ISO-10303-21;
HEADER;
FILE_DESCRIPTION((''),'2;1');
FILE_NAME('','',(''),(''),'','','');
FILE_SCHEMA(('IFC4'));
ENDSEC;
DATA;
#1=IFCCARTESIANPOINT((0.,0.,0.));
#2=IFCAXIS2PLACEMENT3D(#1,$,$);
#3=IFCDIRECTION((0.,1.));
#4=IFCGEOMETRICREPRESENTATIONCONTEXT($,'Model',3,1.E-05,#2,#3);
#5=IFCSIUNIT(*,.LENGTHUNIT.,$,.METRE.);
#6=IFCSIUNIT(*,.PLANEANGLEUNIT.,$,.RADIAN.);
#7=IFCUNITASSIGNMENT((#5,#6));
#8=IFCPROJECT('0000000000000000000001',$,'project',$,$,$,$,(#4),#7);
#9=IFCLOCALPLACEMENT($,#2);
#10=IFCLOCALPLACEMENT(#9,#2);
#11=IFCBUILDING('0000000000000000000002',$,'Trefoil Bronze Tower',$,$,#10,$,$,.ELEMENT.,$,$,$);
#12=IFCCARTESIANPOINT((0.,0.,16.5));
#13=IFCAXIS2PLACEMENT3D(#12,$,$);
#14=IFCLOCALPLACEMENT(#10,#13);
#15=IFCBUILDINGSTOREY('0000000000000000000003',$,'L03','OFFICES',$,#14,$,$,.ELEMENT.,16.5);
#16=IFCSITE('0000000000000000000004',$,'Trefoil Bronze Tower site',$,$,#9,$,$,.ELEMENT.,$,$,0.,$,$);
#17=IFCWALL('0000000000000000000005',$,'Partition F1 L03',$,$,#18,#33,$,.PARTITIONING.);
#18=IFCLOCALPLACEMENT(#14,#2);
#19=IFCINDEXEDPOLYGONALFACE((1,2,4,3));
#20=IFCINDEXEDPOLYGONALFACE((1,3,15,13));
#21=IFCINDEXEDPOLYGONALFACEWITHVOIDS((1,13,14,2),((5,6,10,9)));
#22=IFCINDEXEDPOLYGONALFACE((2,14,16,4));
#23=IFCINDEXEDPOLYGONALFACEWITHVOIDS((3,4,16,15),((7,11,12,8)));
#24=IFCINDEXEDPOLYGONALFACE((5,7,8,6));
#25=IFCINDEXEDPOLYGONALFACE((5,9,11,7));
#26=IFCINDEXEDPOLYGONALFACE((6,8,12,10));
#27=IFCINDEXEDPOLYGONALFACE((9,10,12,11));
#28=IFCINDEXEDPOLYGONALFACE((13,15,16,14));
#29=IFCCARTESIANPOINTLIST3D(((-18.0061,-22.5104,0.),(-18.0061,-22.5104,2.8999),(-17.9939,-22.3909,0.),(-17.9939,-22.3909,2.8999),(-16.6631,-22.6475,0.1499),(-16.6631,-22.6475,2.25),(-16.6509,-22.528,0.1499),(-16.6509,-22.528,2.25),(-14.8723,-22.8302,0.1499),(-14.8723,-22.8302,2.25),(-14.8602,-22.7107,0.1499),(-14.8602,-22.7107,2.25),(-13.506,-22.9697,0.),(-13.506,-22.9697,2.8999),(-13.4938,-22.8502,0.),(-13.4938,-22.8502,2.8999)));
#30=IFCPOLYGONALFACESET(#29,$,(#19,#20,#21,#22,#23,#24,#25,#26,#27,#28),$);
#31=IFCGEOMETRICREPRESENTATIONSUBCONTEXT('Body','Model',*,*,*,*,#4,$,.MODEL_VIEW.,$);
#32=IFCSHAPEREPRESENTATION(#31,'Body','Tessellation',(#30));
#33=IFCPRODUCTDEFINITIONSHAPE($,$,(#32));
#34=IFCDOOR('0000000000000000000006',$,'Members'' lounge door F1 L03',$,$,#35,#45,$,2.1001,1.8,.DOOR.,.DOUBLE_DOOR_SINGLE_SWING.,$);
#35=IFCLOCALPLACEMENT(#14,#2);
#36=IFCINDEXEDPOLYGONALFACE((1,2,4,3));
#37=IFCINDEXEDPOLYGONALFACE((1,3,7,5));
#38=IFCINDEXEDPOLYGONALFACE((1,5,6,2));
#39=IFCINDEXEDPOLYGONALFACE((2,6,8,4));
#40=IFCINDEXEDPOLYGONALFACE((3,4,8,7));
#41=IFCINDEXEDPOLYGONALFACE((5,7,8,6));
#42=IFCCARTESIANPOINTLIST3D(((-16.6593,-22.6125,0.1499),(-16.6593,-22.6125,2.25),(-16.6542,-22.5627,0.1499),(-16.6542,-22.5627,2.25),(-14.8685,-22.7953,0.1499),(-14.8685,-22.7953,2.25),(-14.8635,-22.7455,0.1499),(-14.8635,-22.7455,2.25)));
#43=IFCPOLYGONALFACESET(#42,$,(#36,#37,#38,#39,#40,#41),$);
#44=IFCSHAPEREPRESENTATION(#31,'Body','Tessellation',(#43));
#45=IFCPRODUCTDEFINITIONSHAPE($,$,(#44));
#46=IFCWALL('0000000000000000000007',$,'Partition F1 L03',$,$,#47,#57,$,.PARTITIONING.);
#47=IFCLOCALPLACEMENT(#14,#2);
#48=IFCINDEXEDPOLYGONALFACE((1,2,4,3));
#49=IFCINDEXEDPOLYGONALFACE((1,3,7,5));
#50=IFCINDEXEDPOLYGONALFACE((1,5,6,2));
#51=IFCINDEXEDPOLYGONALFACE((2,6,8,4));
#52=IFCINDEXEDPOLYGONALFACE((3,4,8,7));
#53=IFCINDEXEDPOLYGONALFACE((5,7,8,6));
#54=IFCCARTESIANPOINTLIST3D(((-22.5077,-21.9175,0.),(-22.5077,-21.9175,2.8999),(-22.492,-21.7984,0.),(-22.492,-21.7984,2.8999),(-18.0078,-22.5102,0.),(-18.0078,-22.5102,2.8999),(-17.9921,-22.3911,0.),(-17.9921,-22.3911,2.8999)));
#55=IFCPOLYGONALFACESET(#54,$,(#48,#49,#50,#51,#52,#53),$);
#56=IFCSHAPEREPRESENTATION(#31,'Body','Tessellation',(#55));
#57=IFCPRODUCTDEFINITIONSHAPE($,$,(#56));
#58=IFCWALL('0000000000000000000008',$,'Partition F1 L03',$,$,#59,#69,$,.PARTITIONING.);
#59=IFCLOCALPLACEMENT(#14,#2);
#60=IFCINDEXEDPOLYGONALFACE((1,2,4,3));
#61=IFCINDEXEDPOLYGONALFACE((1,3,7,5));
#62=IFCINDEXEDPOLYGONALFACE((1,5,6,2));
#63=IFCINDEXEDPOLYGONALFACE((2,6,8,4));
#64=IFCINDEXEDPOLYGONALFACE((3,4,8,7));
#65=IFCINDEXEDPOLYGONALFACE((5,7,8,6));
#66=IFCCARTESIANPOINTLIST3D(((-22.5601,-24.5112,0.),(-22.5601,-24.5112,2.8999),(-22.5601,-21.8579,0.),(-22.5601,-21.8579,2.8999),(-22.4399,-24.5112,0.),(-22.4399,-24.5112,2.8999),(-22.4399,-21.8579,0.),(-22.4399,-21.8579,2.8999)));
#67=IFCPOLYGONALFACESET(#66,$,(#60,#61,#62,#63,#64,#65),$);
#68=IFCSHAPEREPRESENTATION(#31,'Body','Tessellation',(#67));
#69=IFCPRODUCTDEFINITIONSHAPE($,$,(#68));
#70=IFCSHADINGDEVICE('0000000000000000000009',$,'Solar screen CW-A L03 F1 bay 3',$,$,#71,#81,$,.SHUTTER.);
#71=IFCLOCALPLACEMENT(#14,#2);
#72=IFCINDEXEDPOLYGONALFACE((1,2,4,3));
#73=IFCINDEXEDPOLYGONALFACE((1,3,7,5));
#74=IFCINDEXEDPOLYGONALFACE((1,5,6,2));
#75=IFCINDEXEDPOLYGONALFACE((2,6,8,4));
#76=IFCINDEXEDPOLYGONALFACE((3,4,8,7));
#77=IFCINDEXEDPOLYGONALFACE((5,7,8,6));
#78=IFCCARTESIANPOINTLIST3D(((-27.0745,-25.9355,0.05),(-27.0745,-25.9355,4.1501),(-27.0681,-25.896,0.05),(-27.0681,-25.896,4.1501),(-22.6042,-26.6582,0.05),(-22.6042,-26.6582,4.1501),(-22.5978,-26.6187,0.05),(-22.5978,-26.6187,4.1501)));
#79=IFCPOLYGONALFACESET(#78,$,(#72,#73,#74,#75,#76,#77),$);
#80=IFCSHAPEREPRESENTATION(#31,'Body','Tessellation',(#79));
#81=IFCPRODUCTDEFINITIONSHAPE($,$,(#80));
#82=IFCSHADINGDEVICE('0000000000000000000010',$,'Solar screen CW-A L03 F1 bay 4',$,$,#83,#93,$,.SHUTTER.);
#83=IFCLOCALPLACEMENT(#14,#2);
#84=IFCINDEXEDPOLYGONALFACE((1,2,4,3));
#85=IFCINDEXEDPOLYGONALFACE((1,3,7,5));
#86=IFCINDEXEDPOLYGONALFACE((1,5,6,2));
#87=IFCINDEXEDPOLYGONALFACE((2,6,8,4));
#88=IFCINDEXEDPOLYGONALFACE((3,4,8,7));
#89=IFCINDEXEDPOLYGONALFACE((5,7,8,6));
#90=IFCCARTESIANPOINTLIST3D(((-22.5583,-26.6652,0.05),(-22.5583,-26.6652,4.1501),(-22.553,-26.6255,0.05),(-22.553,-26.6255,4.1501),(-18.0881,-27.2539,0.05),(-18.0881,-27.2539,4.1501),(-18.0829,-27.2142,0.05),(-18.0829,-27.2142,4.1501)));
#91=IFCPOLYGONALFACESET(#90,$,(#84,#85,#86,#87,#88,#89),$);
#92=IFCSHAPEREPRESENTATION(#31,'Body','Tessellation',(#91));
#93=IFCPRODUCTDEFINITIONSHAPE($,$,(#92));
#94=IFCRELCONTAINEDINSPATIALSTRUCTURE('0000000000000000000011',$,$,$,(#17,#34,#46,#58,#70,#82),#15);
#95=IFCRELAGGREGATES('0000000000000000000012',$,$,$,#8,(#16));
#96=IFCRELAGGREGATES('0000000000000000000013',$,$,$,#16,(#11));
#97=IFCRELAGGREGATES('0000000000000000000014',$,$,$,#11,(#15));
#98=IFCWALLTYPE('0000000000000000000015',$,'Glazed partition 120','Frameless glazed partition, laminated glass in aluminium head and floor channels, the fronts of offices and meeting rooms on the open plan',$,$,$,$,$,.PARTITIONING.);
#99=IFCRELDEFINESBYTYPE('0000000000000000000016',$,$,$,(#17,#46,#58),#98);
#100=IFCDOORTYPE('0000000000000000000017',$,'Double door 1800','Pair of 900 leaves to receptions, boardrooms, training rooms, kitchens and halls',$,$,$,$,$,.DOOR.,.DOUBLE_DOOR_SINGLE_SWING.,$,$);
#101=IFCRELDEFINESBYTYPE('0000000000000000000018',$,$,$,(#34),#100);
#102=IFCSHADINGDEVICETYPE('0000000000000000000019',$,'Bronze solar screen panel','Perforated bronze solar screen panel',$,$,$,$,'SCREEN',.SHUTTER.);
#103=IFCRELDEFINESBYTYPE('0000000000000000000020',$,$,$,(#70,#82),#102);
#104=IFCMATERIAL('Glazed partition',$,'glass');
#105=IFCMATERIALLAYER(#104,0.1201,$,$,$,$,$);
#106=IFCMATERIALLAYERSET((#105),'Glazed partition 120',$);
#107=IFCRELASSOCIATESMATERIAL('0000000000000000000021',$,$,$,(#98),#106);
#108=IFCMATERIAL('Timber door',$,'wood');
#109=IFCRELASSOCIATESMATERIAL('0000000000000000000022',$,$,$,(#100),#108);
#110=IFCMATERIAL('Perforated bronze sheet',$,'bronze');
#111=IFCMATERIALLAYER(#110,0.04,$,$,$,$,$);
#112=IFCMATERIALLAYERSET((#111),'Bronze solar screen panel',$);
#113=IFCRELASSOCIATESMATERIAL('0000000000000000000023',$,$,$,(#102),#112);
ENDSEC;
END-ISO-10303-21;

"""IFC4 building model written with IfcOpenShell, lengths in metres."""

from ifc_helpers import new_model, si_unit, direction, frame, frame_2d, origin, origin_2d, place, context, subcontext, project, spatial, rectangle, extrude, material, layer, layer_set, type_object, element, fill, save


model = new_model("IFC4")

# Units and contexts
model_context = context("Model", 3, precision=1e-05, world=origin(), true_north=direction((0.0, 1.0)))
body_context = subcontext(model_context, "Body", "Model", "MODEL_VIEW")
ifc_project = project(units=[si_unit("LENGTHUNIT", "METRE"), si_unit("PLANEANGLEUNIT", "RADIAN")], contexts=[model_context])

# Site, building, storey
site_placement = place(None, origin())
site = spatial("IfcSite", under=ifc_project, at=site_placement, Name="Trefoil Bronze Tower site", CompositionType="ELEMENT", RefElevation=0.0)
building_placement = place(site_placement, origin())
building = spatial("IfcBuilding", under=site, at=building_placement, Name="Trefoil Bronze Tower", CompositionType="ELEMENT")
storey_placement = place(building_placement, frame((0.0, 0.0, 16.5)))
storey = spatial("IfcBuildingStorey", under=building, at=storey_placement, Name="L03", Description="OFFICES", CompositionType="ELEMENT", Elevation=16.5)

# Wall, opening, door
ifc_material_1 = material(Name="Glazed partition", Category="glass")
ifc_layer_1 = layer(ifc_material_1, 0.1201)
ifc_layer_set_1 = layer_set([ifc_layer_1], Name="Glazed partition 120")
wall_type = type_object("IfcWallType", Name="Glazed partition 120", Description="Frameless glazed partition, laminated glass in aluminium head and floor channels, the fronts of offices and meeting rooms on the open plan", PredefinedType="PARTITIONING", material=ifc_layer_set_1)
wall_1_placement = place(storey_placement, frame((-18.0, -22.4507, 0.0), z_axis=(0.0, 0.0, 1.0), x_axis=(0.994833, -0.101523, 0.0)))
wall_1 = element("IfcWall", 1, at=wall_1_placement, inside=storey, type_object=wall_type, Name="Partition F1 L03", PredefinedType="PARTITIONING", context=body_context, shape_type="SweptSolid", body=[
    extrude(rectangle(XDim=4.5234, YDim=0.1201, at=frame_2d((2.2617, 0.0))), origin(), (0.0, 0.0, 1.0), 2.8999),
])
opening_placement = place(wall_1_placement, frame((1.3501, 0.0, 0.1499)))
opening = element("IfcOpeningElement", 2, at=opening_placement, cuts=wall_1, PredefinedType="OPENING", context=body_context, shape_type="SweptSolid", body=[
    extrude(rectangle(XDim=1.8, YDim=2.1001, at=frame_2d((0.8999, 1.05))), frame((0.0, 0.0701, 0.0), z_axis=(0.0, -1.0, 0.0), x_axis=(1.0, 0.0, 0.0)), (0.0, 0.0, 1.0), 0.1401),
])
ifc_material_2 = material(Name="Timber door", Category="wood")
door_type = type_object("IfcDoorType", Name="Double door 1800", Description="Pair of 900 leaves to receptions, boardrooms, training rooms, kitchens and halls", OperationType="DOUBLE_DOOR_SINGLE_SWING", PredefinedType="DOOR", material=ifc_material_2)
door_placement = place(opening_placement, frame((1.8, 0.0, 0.0), z_axis=(0.0, 0.0, 1.0), x_axis=(-1.0, 0.0, 0.0)))
door = element("IfcDoor", 3, at=door_placement, inside=storey, type_object=door_type, Name="Members' lounge door F1 L03", OperationType="DOUBLE_DOOR_SINGLE_SWING", OverallHeight=2.1001, OverallWidth=1.8, PredefinedType="DOOR", context=body_context, shape_type="SweptSolid", body=[
    extrude(rectangle(XDim=1.8, YDim=2.1001, at=frame_2d((0.8999, 1.05))), frame((0.0, 0.0249, 0.0), z_axis=(0.0, -1.0, 0.0), x_axis=(1.0, 0.0, 0.0)), (0.0, 0.0, 1.0), 0.05),
])
fill(opening, door)

# Walls
wall_2_placement = place(storey_placement, frame((-22.5, -21.8579, 0.0), z_axis=(0.0, 0.0, 1.0), x_axis=(0.991435, -0.130599, 0.0)))
element("IfcWall", 4, at=wall_2_placement, inside=storey, type_object=wall_type, Name="Partition F1 L03", PredefinedType="PARTITIONING", context=body_context, shape_type="SweptSolid", body=[
    extrude(rectangle(XDim=4.5388, YDim=0.1201, at=frame_2d((2.2695, 0.0))), origin(), (0.0, 0.0, 1.0), 2.8999),
])
wall_3_placement = place(storey_placement, frame((-22.5, -21.8579, 0.0), z_axis=(0.0, 0.0, 1.0), x_axis=(0.0, -1.0, 0.0)))
element("IfcWall", 5, at=wall_3_placement, inside=storey, type_object=wall_type, Name="Partition F1 L03", PredefinedType="PARTITIONING", context=body_context, shape_type="SweptSolid", body=[
    extrude(rectangle(XDim=2.6533, YDim=0.1201, at=frame_2d((1.3267, 0.0))), origin(), (0.0, 0.0, 1.0), 2.8999),
])

# Shading devices
ifc_material_3 = material(Name="Perforated bronze sheet", Category="bronze")
ifc_layer_2 = layer(ifc_material_3, 0.04)
ifc_layer_set_2 = layer_set([ifc_layer_2], Name="Bronze solar screen panel")
shading_device_type = type_object("IfcShadingDeviceType", Name="Bronze solar screen panel", Description="Perforated bronze solar screen panel", ElementType="SCREEN", PredefinedType="SHUTTER", material=ifc_layer_set_2)
shading_device_1_placement = place(storey_placement, frame((-24.8362, -26.2771, 0.05), z_axis=(0.0, 0.0, 1.0), x_axis=(0.987181, -0.159603, 0.0)))
element("IfcShadingDevice", 6, at=shading_device_1_placement, inside=storey, type_object=shading_device_type, Name="Solar screen CW-A L03 F1 bay 3", PredefinedType="SHUTTER", context=body_context, shape_type="SweptSolid", body=[
    extrude(rectangle(XDim=4.5283, YDim=0.04, at=origin_2d()), origin(), (0.0, 0.0, 1.0), 4.1001),
])
shading_device_2_placement = place(storey_placement, frame((-20.3206, -26.9397, 0.05), z_axis=(0.0, 0.0, 1.0), x_axis=(0.991437, -0.130584, 0.0)))
element("IfcShadingDevice", 7, at=shading_device_2_placement, inside=storey, type_object=shading_device_type, Name="Solar screen CW-A L03 F1 bay 4", PredefinedType="SHUTTER", context=body_context, shape_type="SweptSolid", body=[
    extrude(rectangle(XDim=4.5088, YDim=0.04, at=origin_2d()), origin(), (0.0, 0.0, 1.0), 4.1001),
])

save(model, "model.ifc")
